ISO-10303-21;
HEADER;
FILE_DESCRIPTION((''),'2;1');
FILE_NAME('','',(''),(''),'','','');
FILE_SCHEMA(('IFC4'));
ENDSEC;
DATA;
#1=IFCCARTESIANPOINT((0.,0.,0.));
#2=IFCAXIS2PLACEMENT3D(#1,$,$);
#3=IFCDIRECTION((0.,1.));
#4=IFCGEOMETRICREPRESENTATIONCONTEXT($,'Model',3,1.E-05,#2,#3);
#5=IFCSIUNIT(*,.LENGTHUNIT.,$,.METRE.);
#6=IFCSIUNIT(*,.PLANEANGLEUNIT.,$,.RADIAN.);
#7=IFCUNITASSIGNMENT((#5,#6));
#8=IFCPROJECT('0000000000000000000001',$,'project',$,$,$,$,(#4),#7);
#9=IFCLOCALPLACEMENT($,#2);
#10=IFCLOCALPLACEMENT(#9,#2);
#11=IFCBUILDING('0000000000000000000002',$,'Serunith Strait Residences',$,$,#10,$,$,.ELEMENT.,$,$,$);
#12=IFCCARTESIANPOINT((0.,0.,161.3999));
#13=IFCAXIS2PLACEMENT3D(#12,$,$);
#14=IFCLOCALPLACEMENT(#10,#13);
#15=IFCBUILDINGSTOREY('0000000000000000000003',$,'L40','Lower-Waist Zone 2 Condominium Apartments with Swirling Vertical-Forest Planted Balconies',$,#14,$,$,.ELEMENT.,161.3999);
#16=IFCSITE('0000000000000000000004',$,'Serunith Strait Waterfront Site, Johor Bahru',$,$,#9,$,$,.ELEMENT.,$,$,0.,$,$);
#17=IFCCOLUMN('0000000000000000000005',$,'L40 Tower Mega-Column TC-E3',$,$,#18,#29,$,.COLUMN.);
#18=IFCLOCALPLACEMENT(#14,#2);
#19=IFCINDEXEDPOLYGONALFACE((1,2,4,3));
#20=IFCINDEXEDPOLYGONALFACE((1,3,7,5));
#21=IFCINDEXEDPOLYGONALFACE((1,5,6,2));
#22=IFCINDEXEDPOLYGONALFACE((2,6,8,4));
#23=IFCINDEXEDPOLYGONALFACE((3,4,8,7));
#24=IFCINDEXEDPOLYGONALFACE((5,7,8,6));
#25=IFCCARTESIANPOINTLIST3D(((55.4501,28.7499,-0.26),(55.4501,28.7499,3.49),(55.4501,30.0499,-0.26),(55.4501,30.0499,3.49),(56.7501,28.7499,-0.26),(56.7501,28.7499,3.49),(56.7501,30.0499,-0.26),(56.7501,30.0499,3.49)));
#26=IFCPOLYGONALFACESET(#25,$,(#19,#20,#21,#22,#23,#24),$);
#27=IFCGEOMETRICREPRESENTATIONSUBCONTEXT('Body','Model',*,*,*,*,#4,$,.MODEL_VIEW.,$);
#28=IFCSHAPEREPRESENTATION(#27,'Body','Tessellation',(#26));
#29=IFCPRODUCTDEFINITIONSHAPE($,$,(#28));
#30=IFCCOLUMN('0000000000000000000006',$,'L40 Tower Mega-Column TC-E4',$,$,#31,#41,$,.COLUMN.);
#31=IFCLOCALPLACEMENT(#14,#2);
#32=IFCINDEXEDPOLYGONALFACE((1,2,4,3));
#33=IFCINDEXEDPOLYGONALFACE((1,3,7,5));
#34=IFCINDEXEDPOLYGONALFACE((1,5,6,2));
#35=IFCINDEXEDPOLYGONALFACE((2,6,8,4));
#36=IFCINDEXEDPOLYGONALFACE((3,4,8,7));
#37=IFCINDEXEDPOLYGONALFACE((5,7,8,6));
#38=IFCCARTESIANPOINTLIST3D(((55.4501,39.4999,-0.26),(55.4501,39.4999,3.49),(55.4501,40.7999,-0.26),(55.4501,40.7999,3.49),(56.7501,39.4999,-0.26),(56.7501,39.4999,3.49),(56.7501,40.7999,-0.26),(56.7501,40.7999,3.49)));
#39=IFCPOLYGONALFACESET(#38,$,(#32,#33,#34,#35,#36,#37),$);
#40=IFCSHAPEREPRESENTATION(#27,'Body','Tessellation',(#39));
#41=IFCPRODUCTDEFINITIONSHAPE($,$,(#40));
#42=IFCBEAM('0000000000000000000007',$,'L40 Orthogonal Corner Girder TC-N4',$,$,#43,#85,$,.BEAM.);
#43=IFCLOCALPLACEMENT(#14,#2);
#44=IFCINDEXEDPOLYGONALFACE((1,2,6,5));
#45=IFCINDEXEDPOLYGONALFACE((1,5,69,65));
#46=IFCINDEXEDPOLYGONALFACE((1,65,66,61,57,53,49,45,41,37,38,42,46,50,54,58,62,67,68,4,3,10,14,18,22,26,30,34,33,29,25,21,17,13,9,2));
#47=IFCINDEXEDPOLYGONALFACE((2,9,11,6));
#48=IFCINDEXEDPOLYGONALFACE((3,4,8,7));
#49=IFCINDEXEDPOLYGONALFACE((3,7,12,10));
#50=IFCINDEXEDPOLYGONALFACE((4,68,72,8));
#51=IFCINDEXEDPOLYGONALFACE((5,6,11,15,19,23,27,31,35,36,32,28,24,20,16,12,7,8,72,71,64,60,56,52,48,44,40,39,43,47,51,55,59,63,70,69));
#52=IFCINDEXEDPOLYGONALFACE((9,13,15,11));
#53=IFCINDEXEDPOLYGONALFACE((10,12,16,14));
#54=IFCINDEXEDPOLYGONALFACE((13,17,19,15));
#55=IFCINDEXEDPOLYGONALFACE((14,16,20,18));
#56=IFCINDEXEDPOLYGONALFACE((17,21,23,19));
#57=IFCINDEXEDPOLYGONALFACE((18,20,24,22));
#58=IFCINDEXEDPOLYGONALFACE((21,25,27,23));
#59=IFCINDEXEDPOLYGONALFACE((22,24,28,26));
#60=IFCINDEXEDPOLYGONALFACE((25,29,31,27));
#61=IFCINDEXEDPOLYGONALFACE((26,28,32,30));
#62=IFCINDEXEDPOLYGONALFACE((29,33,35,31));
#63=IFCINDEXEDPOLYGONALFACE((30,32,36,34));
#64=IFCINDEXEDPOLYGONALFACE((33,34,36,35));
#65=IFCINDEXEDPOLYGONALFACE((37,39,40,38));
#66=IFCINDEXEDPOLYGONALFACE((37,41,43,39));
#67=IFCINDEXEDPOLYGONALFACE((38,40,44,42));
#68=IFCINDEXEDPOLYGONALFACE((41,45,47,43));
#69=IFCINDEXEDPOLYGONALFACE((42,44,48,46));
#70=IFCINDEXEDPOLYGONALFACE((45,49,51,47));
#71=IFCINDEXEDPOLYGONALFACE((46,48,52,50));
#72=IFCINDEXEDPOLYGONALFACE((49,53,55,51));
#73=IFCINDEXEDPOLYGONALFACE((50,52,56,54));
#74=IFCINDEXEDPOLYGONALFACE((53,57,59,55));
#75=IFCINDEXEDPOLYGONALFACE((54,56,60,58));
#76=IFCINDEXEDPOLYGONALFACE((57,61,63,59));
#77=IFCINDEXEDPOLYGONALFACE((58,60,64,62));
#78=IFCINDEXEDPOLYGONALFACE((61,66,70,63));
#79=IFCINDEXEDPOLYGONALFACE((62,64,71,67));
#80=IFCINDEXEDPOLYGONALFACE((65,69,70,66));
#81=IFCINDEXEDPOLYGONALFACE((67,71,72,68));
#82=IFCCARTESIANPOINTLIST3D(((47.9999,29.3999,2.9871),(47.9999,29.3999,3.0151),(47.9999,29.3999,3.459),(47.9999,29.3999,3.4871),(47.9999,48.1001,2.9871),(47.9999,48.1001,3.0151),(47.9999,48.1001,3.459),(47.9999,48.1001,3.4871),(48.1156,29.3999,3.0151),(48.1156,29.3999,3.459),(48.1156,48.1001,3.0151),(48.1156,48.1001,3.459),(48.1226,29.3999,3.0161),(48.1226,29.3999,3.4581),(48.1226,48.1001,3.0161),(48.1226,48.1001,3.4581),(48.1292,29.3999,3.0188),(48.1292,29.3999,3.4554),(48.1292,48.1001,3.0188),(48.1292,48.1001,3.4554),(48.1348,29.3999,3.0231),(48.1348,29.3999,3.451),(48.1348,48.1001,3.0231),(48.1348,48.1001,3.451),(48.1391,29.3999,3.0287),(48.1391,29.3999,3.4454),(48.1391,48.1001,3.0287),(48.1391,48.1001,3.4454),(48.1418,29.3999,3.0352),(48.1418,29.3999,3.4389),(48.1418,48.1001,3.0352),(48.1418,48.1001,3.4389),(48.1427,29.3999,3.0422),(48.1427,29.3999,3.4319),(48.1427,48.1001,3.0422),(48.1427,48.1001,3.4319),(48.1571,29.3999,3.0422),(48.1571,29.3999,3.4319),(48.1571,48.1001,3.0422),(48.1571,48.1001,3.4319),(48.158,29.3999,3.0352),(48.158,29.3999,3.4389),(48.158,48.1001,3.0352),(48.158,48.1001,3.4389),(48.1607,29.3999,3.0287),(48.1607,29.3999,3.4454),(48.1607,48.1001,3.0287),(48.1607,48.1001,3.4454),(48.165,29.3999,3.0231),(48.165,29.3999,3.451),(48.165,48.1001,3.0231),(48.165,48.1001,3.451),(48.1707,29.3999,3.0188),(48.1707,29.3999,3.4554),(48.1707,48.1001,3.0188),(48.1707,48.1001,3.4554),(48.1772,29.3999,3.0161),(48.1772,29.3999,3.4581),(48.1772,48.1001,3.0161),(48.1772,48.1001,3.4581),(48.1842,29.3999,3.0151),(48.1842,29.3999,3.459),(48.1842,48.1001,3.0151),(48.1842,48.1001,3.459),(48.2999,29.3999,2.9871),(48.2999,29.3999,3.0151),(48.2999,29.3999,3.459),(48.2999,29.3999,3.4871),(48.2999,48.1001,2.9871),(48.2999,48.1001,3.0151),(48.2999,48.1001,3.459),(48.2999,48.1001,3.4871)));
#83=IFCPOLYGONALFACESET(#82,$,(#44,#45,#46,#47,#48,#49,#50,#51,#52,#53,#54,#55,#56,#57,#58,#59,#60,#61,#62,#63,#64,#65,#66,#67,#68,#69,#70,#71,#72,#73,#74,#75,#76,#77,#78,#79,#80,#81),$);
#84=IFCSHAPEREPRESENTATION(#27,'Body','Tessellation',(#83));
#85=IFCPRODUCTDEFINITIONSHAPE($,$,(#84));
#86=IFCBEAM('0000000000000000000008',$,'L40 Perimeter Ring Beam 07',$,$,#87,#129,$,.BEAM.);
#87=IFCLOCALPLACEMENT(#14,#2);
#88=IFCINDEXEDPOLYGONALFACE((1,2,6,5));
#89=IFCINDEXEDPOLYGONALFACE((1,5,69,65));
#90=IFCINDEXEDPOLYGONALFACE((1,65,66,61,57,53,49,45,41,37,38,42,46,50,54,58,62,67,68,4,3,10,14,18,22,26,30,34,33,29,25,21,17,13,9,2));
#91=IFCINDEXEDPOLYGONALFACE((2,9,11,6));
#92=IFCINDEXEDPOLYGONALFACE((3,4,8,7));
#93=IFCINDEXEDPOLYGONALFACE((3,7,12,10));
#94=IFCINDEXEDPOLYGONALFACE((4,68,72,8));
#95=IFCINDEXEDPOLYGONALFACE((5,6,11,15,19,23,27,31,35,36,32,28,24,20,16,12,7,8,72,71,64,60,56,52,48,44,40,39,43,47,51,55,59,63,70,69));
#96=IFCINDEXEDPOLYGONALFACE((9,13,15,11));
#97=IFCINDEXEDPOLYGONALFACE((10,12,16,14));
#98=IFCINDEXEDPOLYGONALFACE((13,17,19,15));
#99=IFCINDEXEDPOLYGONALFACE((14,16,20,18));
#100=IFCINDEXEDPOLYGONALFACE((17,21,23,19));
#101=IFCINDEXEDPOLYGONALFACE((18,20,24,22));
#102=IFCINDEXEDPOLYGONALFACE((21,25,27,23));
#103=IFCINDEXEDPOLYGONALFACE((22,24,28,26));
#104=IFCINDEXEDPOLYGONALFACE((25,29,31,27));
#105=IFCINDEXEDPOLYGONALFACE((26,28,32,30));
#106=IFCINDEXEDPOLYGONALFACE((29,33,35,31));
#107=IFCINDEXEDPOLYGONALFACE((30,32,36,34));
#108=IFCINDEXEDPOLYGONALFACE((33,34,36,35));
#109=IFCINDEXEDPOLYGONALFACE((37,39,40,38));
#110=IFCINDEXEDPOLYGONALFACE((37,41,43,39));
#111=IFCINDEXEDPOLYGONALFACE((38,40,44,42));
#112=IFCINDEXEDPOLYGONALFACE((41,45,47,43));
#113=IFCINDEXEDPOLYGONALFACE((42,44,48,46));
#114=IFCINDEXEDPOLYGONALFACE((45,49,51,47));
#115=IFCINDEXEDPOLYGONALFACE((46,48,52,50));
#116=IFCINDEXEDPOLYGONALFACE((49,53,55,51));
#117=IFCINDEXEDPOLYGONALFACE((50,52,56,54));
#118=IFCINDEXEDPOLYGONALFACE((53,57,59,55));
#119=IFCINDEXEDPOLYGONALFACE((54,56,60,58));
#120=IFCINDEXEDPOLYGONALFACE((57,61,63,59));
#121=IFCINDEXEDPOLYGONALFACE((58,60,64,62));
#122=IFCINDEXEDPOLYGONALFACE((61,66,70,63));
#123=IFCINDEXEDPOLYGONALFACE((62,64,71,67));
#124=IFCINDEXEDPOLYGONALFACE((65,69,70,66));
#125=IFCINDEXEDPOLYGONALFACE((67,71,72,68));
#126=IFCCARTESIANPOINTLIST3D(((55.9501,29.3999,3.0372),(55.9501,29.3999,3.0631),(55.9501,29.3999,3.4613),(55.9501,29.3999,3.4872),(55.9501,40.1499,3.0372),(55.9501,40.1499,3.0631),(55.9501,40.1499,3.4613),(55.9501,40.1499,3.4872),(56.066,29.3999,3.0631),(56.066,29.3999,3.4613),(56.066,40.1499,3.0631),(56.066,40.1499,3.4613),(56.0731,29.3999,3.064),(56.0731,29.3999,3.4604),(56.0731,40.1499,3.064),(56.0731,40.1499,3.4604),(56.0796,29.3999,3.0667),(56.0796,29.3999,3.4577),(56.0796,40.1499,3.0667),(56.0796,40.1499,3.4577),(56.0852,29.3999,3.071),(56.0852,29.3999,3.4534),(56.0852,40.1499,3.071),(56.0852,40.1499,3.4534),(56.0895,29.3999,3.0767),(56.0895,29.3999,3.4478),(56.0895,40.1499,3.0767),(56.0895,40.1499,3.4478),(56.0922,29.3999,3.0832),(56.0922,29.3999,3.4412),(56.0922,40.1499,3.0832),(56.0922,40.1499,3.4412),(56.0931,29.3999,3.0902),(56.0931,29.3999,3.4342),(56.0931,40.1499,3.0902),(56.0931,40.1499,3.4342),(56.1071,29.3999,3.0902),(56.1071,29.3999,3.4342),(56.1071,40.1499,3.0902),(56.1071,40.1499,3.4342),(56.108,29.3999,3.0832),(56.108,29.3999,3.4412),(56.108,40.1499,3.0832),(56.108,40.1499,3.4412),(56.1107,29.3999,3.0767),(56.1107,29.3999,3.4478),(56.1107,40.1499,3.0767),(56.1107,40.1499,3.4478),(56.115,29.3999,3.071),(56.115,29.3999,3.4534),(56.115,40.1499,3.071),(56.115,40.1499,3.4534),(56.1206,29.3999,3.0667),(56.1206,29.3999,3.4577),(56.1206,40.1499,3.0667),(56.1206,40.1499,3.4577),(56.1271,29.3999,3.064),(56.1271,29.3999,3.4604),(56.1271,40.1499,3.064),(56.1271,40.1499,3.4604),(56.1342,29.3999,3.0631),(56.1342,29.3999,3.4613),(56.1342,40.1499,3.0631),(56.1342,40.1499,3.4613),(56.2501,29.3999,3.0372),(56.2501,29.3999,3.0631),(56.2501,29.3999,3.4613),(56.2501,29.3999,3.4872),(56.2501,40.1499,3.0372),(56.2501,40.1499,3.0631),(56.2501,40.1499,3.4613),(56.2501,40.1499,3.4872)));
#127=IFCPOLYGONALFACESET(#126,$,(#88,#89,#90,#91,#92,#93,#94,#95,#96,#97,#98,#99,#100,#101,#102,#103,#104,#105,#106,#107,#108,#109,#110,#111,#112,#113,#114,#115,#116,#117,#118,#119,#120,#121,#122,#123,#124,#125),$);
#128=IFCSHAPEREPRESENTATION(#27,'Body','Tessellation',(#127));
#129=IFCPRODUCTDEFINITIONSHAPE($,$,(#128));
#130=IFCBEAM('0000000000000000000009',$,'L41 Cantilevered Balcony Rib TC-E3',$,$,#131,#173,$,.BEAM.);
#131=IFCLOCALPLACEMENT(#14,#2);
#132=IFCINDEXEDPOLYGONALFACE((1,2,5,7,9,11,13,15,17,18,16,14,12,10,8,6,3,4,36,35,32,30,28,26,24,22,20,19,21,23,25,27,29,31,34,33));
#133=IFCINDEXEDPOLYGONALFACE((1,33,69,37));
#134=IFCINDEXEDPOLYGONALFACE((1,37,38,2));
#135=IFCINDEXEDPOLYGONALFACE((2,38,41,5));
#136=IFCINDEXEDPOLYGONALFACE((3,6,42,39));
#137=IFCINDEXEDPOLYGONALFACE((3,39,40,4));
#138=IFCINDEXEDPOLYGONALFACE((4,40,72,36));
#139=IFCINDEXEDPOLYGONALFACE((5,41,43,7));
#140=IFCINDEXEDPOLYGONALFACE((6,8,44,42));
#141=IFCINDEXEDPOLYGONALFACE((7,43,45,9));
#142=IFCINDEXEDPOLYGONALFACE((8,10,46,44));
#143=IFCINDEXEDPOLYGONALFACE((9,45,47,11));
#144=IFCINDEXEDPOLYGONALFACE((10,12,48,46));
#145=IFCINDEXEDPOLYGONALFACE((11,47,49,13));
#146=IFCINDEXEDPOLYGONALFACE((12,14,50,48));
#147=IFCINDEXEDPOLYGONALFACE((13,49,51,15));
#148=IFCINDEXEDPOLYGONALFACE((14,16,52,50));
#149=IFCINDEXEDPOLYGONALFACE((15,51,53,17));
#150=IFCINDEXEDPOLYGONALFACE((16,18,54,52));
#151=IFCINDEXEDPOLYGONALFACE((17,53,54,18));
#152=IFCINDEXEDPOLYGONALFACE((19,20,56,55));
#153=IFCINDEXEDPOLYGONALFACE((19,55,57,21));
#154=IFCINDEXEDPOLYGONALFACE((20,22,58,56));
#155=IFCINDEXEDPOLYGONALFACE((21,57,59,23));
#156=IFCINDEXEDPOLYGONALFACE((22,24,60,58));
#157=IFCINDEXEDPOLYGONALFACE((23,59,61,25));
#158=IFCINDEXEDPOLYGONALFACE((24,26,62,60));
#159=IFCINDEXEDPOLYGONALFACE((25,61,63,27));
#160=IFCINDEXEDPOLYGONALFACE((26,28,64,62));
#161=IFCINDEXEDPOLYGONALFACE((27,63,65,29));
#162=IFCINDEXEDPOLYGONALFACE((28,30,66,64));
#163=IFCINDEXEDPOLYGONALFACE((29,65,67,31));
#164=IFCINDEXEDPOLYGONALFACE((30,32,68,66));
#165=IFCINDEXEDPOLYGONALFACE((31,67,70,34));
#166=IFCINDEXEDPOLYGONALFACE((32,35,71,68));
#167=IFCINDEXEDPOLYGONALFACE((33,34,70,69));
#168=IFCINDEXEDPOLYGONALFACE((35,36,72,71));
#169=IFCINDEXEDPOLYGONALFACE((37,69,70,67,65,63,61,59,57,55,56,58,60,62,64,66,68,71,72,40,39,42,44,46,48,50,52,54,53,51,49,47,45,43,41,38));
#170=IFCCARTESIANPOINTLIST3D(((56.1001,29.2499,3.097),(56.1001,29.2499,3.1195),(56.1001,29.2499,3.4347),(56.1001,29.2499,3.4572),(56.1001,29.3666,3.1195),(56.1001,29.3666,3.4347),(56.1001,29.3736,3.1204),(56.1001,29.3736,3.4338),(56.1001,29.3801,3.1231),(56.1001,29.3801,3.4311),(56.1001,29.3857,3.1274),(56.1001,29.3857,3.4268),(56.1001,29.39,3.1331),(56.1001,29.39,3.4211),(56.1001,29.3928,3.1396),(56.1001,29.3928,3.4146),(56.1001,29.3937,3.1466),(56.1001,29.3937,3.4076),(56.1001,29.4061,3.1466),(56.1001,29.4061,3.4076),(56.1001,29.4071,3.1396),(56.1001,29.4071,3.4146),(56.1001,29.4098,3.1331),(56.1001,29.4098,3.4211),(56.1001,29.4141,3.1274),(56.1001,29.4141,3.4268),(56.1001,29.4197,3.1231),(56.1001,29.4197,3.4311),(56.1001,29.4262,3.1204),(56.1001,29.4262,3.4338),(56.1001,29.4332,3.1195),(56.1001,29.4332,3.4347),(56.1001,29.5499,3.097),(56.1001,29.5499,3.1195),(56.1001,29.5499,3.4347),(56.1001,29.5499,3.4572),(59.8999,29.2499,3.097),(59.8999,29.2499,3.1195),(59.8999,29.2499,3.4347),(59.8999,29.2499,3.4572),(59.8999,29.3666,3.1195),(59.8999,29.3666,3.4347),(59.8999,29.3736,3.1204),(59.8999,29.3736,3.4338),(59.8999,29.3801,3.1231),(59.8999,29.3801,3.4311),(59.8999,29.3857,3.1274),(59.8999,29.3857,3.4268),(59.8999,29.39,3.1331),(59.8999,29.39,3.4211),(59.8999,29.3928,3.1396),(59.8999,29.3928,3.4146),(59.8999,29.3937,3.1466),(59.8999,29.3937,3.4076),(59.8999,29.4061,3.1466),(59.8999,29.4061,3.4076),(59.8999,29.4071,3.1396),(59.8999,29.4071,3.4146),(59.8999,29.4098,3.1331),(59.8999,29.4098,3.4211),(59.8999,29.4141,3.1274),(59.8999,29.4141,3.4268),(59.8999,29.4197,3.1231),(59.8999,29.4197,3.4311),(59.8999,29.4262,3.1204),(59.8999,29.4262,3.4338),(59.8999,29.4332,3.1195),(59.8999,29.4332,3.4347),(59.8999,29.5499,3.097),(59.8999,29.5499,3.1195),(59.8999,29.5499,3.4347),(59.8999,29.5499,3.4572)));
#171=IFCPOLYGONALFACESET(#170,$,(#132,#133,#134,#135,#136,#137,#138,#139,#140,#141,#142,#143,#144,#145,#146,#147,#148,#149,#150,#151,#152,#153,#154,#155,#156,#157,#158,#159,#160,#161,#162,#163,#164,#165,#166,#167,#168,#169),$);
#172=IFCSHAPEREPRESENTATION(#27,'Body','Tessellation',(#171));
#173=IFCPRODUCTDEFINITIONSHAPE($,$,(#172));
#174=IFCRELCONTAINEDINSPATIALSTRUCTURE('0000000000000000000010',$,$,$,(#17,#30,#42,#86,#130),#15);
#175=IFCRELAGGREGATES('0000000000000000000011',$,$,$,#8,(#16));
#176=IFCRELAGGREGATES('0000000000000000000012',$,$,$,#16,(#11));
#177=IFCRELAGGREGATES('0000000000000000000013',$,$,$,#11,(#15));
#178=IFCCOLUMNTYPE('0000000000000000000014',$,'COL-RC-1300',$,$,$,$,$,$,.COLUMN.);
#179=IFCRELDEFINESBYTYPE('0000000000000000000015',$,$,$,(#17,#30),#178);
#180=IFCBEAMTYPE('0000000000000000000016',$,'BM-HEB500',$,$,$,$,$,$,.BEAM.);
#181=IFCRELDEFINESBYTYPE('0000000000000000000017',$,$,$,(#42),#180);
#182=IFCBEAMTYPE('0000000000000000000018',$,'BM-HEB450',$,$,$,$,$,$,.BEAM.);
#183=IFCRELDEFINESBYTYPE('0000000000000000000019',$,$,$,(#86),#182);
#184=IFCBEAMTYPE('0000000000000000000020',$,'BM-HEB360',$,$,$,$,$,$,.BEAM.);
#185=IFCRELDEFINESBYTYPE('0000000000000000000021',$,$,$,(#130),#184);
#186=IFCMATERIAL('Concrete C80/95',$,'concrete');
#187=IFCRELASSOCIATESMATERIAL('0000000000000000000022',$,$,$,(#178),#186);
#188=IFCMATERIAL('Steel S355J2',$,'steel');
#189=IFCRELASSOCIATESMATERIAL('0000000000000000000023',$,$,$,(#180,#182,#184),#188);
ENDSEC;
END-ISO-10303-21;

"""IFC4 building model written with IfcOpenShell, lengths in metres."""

from ifc_helpers import new_model, si_unit, direction, frame, origin, origin_2d, place, context, subcontext, project, spatial, rectangle, i_section, extrude, source, transform, mapped, material, material_profile, profile_set, type_object, element, save


model = new_model("IFC4")

# Units and contexts
model_context = context("Model", 3, precision=1e-05, world=origin(), true_north=direction((0.0, 1.0)))
body_context = subcontext(model_context, "Body", "Model", "MODEL_VIEW")
ifc_project = project(units=[si_unit("LENGTHUNIT", "METRE"), si_unit("PLANEANGLEUNIT", "RADIAN")], contexts=[model_context])

# Site, building, storey
site_placement = place(None, origin())
site = spatial("IfcSite", under=ifc_project, at=site_placement, Name="Serunith Strait Waterfront Site, Johor Bahru", CompositionType="ELEMENT", RefElevation=0.0)
building_placement = place(site_placement, origin())
building = spatial("IfcBuilding", under=site, at=building_placement, Name="Serunith Strait Residences", CompositionType="ELEMENT")
storey_placement = place(building_placement, frame((0.0, 0.0, 161.3999)))
storey = spatial("IfcBuildingStorey", under=building, at=storey_placement, Name="L40", Description="Lower-Waist Zone 2 Condominium Apartments with Swirling Vertical-Forest Planted Balconies", CompositionType="ELEMENT", Elevation=161.3999)

# Columns
ifc_material_1 = material(Name="Concrete C80/95", Category="concrete")
ifc_material_profile_1 = material_profile(ifc_material_1, rectangle(XDim=1.3, YDim=1.3, at=origin_2d()), Name="RC 1300x1300")
ifc_profile_set_1 = profile_set([ifc_material_profile_1], Name="Concrete C80/95")
column_type = type_object("IfcColumnType", Name="COL-RC-1300", PredefinedType="COLUMN", material=ifc_profile_set_1)
shared_shape_1 = source(origin(), body_context, "Body", "SweptSolid", [
    extrude(rectangle(XDim=1.3, YDim=1.3, at=origin_2d()), origin(), (0.0, 0.0, 1.0), 3.75),
])
for number, where, z_axis, x_axis, name in (
    (1, (56.1001, 29.3999, -0.26), (0.0, 0.0, 1.0), (1.0, 0.0, 0.0), "L40 Tower Mega-Column TC-E3"),
    (2, (56.1001, 40.1499, -0.26), (0.0, 0.0, 1.0), (1.0, 0.0, 0.0), "L40 Tower Mega-Column TC-E4"),
):
    element("IfcColumn", number, at=place(storey_placement, frame(where, z_axis=z_axis, x_axis=x_axis)), inside=storey, type_object=column_type, Name=name, PredefinedType="COLUMN", context=body_context, shape_type="MappedRepresentation", body=[
        mapped(shared_shape_1, transform((0.0, 0.0, 0.0), scale=1.0)),
    ])

# Beams
ifc_material_2 = material(Name="Steel S355J2", Category="steel")
ifc_material_profile_2 = material_profile(ifc_material_2, i_section(OverallWidth=0.3, OverallDepth=0.5, WebThickness=0.0144, FlangeThickness=0.0281, FilletRadius=0.0271, at=origin_2d()), Name="HEB 500")
ifc_profile_set_2 = profile_set([ifc_material_profile_2], Name="Steel S355J2")
beam_type_1 = type_object("IfcBeamType", Name="BM-HEB500", PredefinedType="BEAM", material=ifc_profile_set_2)
shared_shape_2 = source(origin(), body_context, "Body", "SweptSolid", [
    extrude(i_section(OverallWidth=0.3, OverallDepth=0.5, WebThickness=0.0144, FlangeThickness=0.0281, FilletRadius=0.0271, at=origin_2d()), origin(), (0.0, 0.0, 1.0), 18.7002),
])
beam_1_placement = place(storey_placement, frame((48.1499, 29.3999, 3.2371), z_axis=(0.0, 1.0, 0.0), x_axis=(-1.0, 0.0, 0.0)))
element("IfcBeam", 3, at=beam_1_placement, inside=storey, type_object=beam_type_1, Name="L40 Orthogonal Corner Girder TC-N4", PredefinedType="BEAM", context=body_context, shape_type="MappedRepresentation", body=[
    mapped(shared_shape_2, transform((0.0, 0.0, 0.0), scale=1.0)),
])
ifc_material_profile_3 = material_profile(ifc_material_2, i_section(OverallWidth=0.3, OverallDepth=0.45, WebThickness=0.0139, FlangeThickness=0.0259, FilletRadius=0.0271, at=origin_2d()), Name="HEB 450")
ifc_profile_set_3 = profile_set([ifc_material_profile_3], Name="Steel S355J2")
beam_type_2 = type_object("IfcBeamType", Name="BM-HEB450", PredefinedType="BEAM", material=ifc_profile_set_3)
shared_shape_3 = source(origin(), body_context, "Body", "SweptSolid", [
    extrude(i_section(OverallWidth=0.3, OverallDepth=0.45, WebThickness=0.0139, FlangeThickness=0.0259, FilletRadius=0.0271, at=origin_2d()), origin(), (0.0, 0.0, 1.0), 10.75),
])
beam_2_placement = place(storey_placement, frame((56.1001, 29.3999, 3.2622), z_axis=(0.0, 1.0, 0.0), x_axis=(-1.0, 0.0, 0.0)))
element("IfcBeam", 4, at=beam_2_placement, inside=storey, type_object=beam_type_2, Name="L40 Perimeter Ring Beam 07", PredefinedType="BEAM", context=body_context, shape_type="MappedRepresentation", body=[
    mapped(shared_shape_3, transform((0.0, 0.0, 0.0), scale=1.0)),
])
ifc_material_profile_4 = material_profile(ifc_material_2, i_section(OverallWidth=0.3, OverallDepth=0.3601, WebThickness=0.0125, FlangeThickness=0.0225, FilletRadius=0.0271, at=origin_2d()), Name="HEB 360")
ifc_profile_set_4 = profile_set([ifc_material_profile_4], Name="Steel S355J2")
beam_type_3 = type_object("IfcBeamType", Name="BM-HEB360", PredefinedType="BEAM", material=ifc_profile_set_4)
shared_shape_4 = source(origin(), body_context, "Body", "SweptSolid", [
    extrude(i_section(OverallWidth=0.3, OverallDepth=0.3601, WebThickness=0.0125, FlangeThickness=0.0225, FilletRadius=0.0271, at=origin_2d()), origin(), (0.0, 0.0, 1.0), 3.7998),
])
beam_3_placement = place(storey_placement, frame((56.1001, 29.3999, 3.2771), z_axis=(1.0, 0.0, 0.0), x_axis=(0.0, 1.0, 0.0)))
element("IfcBeam", 5, at=beam_3_placement, inside=storey, type_object=beam_type_3, Name="L41 Cantilevered Balcony Rib TC-E3", PredefinedType="BEAM", context=body_context, shape_type="MappedRepresentation", body=[
    mapped(shared_shape_4, transform((0.0, 0.0, 0.0), scale=1.0)),
])

save(model, "model.ifc")
